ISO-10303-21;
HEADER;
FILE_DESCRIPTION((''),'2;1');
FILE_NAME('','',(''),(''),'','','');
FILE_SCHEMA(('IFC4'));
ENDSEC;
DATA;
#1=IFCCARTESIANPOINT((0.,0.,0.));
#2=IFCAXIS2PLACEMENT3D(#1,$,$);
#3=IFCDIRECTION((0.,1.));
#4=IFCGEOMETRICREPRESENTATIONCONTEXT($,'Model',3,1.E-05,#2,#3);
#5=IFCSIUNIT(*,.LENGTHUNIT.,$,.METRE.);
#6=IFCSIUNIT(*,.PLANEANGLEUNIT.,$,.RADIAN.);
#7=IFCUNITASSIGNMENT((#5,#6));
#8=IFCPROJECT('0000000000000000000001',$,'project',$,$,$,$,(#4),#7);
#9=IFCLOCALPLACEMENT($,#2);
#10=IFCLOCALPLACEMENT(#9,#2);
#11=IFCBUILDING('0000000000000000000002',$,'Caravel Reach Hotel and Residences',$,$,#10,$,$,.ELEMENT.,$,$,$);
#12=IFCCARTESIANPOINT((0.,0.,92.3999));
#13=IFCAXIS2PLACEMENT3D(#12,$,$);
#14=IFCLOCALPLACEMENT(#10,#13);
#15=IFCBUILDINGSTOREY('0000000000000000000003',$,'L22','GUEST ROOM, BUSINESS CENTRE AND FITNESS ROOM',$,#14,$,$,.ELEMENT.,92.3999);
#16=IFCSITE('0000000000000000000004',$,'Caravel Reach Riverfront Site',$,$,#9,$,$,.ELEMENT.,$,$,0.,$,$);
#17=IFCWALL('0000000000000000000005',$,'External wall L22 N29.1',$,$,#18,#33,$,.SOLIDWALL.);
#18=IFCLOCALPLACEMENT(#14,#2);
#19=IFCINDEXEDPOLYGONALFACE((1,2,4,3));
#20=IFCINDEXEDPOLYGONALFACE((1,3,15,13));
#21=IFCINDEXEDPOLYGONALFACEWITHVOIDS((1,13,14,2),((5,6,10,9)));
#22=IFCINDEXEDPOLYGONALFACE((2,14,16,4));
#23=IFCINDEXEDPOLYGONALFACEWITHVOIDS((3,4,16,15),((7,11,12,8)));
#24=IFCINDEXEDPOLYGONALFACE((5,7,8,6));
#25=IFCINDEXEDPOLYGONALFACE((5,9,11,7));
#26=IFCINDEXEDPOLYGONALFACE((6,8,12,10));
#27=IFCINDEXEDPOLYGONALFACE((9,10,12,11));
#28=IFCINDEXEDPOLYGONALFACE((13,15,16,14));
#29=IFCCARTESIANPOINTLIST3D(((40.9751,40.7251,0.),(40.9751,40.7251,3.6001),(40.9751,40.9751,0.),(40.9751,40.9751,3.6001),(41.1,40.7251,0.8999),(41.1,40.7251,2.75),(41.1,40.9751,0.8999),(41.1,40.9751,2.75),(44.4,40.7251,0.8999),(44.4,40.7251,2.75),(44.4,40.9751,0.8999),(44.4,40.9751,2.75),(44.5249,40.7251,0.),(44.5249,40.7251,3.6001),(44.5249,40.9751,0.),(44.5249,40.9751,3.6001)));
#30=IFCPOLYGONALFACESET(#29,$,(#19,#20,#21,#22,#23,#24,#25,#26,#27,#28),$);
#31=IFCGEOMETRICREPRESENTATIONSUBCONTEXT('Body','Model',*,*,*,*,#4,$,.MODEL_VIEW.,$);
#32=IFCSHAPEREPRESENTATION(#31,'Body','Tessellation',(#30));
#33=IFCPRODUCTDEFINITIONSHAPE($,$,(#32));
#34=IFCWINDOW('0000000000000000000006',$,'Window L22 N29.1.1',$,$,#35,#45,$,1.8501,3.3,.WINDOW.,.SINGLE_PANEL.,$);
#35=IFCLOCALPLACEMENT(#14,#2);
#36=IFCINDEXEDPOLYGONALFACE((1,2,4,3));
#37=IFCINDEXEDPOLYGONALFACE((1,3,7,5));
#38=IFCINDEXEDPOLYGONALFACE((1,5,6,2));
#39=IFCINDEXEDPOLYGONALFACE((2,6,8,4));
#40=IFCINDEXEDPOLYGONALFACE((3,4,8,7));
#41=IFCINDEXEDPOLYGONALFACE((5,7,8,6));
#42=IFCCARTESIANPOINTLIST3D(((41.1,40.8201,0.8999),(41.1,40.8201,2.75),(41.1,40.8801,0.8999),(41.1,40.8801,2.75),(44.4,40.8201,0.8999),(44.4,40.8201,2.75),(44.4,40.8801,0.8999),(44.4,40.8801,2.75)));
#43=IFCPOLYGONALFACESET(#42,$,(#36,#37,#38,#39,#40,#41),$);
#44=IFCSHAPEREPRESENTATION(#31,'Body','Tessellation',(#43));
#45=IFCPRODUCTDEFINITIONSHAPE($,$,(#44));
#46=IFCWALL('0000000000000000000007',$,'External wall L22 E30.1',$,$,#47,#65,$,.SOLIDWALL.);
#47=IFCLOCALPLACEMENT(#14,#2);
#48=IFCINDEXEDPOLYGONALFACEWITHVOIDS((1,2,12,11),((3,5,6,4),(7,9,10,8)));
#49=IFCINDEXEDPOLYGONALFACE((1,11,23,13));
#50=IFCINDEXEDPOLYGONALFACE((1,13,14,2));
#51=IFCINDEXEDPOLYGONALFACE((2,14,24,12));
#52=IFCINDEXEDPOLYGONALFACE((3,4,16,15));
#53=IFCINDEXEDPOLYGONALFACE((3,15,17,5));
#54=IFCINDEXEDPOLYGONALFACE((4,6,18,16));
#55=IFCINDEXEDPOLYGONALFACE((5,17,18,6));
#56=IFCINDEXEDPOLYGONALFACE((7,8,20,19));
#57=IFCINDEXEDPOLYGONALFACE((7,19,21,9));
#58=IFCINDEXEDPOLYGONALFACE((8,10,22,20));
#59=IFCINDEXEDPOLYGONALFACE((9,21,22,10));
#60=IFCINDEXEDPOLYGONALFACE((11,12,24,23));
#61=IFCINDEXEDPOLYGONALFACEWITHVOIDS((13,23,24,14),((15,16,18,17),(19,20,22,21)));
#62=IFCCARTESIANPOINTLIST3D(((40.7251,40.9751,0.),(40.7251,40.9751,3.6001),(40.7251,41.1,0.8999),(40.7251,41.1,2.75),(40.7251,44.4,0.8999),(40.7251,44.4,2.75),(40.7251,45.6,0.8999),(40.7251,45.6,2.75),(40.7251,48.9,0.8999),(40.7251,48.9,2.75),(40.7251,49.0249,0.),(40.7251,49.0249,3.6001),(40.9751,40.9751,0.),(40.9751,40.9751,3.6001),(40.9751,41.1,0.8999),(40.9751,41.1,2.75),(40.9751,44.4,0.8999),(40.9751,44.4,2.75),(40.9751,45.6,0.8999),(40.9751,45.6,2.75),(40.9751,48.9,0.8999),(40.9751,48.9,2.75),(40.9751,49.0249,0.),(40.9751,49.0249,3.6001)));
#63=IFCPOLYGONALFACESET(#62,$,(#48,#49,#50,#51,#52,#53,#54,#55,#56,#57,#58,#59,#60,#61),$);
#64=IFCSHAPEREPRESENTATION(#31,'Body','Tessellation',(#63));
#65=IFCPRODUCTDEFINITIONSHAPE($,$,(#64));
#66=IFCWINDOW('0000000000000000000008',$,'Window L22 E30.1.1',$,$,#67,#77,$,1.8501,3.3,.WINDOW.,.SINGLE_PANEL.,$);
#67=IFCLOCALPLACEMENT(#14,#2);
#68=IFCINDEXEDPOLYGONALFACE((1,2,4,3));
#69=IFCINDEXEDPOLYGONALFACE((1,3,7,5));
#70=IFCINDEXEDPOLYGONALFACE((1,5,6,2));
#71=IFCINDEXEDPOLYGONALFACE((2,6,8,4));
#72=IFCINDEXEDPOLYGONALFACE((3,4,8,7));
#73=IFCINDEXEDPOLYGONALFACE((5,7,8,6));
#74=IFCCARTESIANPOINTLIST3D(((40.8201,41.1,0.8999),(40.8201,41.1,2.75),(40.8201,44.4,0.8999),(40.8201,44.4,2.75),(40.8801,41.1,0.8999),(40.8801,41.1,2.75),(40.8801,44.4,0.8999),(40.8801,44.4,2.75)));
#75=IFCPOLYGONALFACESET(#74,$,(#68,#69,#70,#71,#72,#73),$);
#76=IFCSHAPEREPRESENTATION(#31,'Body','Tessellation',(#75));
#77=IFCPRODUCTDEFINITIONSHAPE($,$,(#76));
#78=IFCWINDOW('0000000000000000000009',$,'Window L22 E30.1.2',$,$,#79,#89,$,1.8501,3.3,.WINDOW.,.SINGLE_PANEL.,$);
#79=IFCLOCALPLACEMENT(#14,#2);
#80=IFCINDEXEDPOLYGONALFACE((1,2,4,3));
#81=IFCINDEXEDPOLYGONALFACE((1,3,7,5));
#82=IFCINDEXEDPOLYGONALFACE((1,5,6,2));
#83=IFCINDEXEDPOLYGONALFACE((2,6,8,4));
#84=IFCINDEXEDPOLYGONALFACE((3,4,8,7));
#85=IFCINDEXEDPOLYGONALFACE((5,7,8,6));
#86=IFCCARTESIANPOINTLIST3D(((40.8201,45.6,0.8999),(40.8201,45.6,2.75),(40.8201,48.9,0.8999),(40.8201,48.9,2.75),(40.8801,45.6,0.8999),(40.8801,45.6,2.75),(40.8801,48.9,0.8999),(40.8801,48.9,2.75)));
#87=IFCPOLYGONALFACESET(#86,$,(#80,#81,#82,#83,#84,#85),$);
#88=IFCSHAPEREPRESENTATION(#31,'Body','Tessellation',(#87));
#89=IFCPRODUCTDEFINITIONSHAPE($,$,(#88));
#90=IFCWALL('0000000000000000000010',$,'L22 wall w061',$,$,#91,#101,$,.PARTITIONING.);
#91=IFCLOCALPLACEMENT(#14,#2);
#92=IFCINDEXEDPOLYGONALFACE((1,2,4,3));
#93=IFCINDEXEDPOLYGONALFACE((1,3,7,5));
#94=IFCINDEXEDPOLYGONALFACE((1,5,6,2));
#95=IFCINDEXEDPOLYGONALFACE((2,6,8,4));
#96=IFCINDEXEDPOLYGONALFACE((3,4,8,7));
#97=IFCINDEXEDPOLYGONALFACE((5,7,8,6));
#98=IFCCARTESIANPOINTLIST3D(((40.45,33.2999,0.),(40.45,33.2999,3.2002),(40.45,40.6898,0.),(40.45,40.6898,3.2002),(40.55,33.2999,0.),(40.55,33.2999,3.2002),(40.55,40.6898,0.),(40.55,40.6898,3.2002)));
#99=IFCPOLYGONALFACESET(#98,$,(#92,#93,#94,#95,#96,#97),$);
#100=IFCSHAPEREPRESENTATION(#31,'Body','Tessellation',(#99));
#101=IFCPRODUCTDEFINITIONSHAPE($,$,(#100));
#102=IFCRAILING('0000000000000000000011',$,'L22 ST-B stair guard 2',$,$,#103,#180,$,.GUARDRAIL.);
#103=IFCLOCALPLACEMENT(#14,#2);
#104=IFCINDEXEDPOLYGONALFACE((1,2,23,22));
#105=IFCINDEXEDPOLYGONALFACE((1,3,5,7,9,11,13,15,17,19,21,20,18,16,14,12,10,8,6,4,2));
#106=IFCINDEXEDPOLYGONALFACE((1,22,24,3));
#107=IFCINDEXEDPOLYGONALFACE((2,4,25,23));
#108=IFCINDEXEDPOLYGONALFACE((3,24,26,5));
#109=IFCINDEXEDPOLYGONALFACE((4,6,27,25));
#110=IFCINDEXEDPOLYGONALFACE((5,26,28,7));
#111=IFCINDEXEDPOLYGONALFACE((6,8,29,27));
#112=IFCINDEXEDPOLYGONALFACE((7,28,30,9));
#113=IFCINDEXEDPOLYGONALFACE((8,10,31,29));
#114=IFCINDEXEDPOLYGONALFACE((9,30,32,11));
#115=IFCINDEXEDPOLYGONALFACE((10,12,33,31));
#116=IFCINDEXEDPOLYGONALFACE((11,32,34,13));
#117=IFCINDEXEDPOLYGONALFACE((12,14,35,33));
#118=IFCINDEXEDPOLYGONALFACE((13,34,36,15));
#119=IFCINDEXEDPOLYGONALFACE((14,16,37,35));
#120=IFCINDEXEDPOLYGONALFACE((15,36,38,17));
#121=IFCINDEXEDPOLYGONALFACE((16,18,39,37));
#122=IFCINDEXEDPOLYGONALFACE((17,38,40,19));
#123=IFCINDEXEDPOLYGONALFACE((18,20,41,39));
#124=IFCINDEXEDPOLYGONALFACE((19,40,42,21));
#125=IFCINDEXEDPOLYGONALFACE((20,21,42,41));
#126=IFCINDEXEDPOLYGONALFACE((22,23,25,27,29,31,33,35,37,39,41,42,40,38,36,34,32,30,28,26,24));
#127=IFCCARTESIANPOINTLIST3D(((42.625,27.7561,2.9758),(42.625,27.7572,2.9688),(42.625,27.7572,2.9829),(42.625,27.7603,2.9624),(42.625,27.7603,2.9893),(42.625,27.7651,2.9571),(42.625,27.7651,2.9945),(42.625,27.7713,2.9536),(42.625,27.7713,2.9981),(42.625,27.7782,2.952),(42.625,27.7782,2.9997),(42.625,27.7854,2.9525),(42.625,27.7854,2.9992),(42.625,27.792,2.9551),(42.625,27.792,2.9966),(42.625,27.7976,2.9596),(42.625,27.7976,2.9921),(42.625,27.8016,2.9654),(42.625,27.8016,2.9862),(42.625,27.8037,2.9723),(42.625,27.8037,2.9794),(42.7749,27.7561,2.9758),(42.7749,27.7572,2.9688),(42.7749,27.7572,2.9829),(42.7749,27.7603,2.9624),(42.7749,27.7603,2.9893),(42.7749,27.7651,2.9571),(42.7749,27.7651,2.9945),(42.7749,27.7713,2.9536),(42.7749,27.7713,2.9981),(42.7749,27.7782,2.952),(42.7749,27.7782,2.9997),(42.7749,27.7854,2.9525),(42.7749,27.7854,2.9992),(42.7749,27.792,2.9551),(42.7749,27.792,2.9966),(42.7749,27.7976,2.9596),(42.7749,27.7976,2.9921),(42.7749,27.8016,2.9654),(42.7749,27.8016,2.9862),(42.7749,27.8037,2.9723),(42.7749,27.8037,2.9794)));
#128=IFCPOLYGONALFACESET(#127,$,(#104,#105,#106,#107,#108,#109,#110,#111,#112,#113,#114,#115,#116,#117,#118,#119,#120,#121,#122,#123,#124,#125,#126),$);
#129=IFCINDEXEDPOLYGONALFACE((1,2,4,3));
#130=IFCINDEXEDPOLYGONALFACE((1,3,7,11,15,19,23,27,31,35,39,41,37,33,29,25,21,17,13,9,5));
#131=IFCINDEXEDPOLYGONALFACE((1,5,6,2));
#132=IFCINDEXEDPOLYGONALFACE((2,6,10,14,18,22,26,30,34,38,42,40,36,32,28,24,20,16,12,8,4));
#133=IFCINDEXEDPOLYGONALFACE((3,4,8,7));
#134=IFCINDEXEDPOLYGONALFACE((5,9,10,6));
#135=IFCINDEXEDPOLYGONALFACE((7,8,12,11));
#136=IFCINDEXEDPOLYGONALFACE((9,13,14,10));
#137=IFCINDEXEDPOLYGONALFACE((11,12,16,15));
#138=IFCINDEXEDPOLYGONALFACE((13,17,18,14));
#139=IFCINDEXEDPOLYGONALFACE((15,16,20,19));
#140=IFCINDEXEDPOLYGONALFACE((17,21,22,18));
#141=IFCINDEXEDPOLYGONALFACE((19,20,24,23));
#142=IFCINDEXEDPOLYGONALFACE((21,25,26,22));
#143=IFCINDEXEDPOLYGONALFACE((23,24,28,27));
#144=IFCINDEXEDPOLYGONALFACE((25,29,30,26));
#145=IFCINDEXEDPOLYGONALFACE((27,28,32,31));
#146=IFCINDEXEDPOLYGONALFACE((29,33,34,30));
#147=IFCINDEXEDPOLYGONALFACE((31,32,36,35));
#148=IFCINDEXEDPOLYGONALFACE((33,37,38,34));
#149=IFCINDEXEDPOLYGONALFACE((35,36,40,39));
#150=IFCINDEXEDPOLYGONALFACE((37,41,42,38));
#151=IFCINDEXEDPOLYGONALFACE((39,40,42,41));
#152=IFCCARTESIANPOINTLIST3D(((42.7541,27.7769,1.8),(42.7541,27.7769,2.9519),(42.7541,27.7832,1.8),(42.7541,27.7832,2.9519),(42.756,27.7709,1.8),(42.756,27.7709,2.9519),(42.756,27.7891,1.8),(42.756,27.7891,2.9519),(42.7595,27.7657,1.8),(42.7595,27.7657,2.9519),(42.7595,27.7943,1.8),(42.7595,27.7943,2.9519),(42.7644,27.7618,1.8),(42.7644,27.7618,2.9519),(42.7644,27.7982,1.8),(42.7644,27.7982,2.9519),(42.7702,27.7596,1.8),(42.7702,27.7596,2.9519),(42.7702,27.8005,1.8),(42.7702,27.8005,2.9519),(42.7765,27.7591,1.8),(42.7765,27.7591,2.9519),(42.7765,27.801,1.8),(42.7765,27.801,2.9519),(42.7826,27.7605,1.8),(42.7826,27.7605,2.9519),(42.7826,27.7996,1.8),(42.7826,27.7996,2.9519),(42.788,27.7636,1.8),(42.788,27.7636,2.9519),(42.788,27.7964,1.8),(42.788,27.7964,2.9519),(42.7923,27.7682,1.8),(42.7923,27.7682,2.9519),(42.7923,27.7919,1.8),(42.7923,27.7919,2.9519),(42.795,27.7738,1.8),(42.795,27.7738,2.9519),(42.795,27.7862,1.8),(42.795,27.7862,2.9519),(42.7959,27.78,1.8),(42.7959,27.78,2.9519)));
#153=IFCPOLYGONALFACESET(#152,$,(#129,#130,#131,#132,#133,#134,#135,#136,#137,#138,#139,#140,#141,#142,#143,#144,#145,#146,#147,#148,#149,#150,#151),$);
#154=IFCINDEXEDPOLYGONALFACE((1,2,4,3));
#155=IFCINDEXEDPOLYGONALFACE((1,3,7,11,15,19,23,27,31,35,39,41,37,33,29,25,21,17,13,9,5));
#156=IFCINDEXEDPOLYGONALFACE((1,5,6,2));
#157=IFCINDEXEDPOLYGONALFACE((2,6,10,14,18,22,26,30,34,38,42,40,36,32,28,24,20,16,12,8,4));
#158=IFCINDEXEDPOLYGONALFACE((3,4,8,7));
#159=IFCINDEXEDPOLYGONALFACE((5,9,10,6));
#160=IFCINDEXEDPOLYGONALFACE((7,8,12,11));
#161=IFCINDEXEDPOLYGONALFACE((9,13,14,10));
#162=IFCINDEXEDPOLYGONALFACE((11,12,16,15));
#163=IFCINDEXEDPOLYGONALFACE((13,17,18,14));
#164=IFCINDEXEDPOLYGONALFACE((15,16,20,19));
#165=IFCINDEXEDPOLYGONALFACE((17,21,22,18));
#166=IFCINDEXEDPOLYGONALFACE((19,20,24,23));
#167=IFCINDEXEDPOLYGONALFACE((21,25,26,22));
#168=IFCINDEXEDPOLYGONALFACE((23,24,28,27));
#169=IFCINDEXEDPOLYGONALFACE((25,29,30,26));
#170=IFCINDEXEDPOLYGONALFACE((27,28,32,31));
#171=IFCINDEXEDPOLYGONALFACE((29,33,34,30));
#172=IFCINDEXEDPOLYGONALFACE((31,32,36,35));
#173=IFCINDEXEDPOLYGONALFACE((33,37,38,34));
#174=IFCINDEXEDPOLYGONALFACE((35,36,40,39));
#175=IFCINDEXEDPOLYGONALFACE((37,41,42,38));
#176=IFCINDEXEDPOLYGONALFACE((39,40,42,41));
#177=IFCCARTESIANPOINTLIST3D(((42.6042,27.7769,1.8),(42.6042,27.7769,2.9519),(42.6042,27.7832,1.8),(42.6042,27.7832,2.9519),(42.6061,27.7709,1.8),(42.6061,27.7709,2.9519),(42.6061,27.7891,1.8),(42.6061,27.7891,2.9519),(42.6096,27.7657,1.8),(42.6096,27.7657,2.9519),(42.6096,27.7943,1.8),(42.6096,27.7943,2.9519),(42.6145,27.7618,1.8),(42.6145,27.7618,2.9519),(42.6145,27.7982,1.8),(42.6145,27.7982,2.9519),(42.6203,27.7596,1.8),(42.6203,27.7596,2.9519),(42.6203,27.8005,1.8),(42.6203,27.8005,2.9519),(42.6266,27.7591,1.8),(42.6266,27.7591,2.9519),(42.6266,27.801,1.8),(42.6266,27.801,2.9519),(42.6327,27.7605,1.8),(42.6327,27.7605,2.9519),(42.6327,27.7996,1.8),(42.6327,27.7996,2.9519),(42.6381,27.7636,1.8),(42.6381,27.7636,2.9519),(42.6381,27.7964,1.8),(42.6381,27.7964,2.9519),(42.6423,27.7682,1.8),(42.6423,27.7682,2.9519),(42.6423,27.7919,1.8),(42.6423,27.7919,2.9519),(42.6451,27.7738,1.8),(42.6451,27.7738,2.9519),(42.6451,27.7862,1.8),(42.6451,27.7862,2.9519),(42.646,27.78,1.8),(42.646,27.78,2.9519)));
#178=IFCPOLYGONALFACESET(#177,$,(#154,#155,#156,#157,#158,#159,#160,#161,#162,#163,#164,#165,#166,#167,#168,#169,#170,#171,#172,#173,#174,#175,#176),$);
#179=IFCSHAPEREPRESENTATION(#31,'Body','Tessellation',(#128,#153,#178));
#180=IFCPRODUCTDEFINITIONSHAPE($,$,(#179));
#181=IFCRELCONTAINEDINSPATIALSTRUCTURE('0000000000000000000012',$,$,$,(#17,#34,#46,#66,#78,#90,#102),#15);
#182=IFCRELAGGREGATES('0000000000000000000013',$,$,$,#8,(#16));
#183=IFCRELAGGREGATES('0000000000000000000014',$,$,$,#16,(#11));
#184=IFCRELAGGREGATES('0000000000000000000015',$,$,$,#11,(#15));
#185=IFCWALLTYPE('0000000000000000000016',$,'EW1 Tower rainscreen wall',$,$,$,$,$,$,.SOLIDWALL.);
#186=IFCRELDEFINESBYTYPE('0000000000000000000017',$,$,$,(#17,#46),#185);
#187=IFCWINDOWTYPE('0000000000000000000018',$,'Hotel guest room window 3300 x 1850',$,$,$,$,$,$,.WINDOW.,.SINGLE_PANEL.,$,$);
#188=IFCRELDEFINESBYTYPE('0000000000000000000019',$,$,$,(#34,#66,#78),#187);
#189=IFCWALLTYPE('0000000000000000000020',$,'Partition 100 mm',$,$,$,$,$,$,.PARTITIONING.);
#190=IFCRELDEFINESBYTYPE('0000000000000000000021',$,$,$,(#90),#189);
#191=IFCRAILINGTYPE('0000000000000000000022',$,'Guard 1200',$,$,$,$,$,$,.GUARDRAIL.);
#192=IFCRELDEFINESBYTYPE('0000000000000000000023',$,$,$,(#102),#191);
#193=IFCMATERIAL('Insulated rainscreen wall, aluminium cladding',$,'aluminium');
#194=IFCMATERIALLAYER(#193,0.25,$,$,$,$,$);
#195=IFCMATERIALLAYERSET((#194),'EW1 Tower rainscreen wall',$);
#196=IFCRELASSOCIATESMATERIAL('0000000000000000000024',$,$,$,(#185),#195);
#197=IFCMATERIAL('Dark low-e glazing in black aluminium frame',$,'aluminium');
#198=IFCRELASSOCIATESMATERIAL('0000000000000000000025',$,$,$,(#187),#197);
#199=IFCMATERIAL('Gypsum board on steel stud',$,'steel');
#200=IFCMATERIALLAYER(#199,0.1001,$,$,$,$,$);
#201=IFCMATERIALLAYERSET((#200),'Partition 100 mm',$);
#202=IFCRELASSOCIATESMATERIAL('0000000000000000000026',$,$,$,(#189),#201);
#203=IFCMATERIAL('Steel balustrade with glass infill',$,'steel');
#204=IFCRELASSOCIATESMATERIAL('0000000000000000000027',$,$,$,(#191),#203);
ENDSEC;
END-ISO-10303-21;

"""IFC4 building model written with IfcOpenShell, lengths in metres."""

from ifc_helpers import new_model, si_unit, direction, frame, frame_2d, origin, origin_2d, place, context, subcontext, project, spatial, rectangle, circle, extrude, material, layer, layer_set, type_object, element, fill, save


model = new_model("IFC4")

# Units and contexts
model_context = context("Model", 3, precision=1e-05, world=origin(), true_north=direction((0.0, 1.0)))
body_context = subcontext(model_context, "Body", "Model", "MODEL_VIEW")
ifc_project = project(units=[si_unit("LENGTHUNIT", "METRE"), si_unit("PLANEANGLEUNIT", "RADIAN")], contexts=[model_context])

# Site, building, storey
site_placement = place(None, origin())
site = spatial("IfcSite", under=ifc_project, at=site_placement, Name="Caravel Reach Riverfront Site", CompositionType="ELEMENT", RefElevation=0.0)
building_placement = place(site_placement, origin())
building = spatial("IfcBuilding", under=site, at=building_placement, Name="Caravel Reach Hotel and Residences", CompositionType="ELEMENT")
storey_placement = place(building_placement, frame((0.0, 0.0, 92.3999)))
storey = spatial("IfcBuildingStorey", under=building, at=storey_placement, Name="L22", Description="GUEST ROOM, BUSINESS CENTRE AND FITNESS ROOM", CompositionType="ELEMENT", Elevation=92.3999)

# Wall, opening, window
ifc_material_1 = material(Name="Insulated rainscreen wall, aluminium cladding", Category="aluminium")
ifc_layer_1 = layer(ifc_material_1, 0.25)
ifc_layer_set_1 = layer_set([ifc_layer_1], Name="EW1 Tower rainscreen wall")
wall_type_1 = type_object("IfcWallType", Name="EW1 Tower rainscreen wall", PredefinedType="SOLIDWALL", material=ifc_layer_set_1)
wall_1_placement = place(storey_placement, frame((44.5249, 40.8501, 0.0), z_axis=(0.0, 0.0, 1.0), x_axis=(-1.0, 0.0, 0.0)))
wall_1 = element("IfcWall", 1, at=wall_1_placement, inside=storey, type_object=wall_type_1, Name="External wall L22 N29.1", PredefinedType="SOLIDWALL", context=body_context, shape_type="SweptSolid", body=[
    extrude(rectangle(XDim=3.5498, YDim=0.25, at=frame_2d((1.7749, 0.0))), origin(), (0.0, 0.0, 1.0), 3.6001),
])
opening_1_placement = place(wall_1_placement, frame((0.125, 0.0, 0.8999)))
opening_1 = element("IfcOpeningElement", 2, at=opening_1_placement, cuts=wall_1, PredefinedType="OPENING", context=body_context, shape_type="SweptSolid", body=[
    extrude(rectangle(XDim=3.3, YDim=1.8501, at=frame_2d((1.6499, 0.925))), frame((0.0, 0.135, 0.0), z_axis=(0.0, -1.0, 0.0), x_axis=(1.0, 0.0, 0.0)), (0.0, 0.0, 1.0), 0.27),
])
ifc_material_2 = material(Name="Dark low-e glazing in black aluminium frame", Category="aluminium")
window_type = type_object("IfcWindowType", Name="Hotel guest room window 3300 x 1850", PartitioningType="SINGLE_PANEL", PredefinedType="WINDOW", material=ifc_material_2)
window_1_placement = place(opening_1_placement, origin())
window_1 = element("IfcWindow", 3, at=window_1_placement, inside=storey, type_object=window_type, Name="Window L22 N29.1.1", OverallHeight=1.8501, OverallWidth=3.3, PartitioningType="SINGLE_PANEL", PredefinedType="WINDOW", context=body_context, shape_type="SweptSolid", body=[
    extrude(rectangle(XDim=3.3, YDim=1.8501, at=frame_2d((1.6499, 0.925))), frame((0.0, 0.03, 0.0), z_axis=(0.0, -1.0, 0.0), x_axis=(1.0, 0.0, 0.0)), (0.0, 0.0, 1.0), 0.0601),
])
fill(opening_1, window_1)

# Wall, openings, windows
wall_2_placement = place(storey_placement, frame((40.8501, 40.9751, 0.0), z_axis=(0.0, 0.0, 1.0), x_axis=(0.0, 1.0, 0.0)))
wall_2 = element("IfcWall", 4, at=wall_2_placement, inside=storey, type_object=wall_type_1, Name="External wall L22 E30.1", PredefinedType="SOLIDWALL", context=body_context, shape_type="SweptSolid", body=[
    extrude(rectangle(XDim=8.0498, YDim=0.25, at=frame_2d((4.0249, 0.0))), origin(), (0.0, 0.0, 1.0), 3.6001),
])
opening_2_placement = place(wall_2_placement, frame((0.125, 0.0, 0.8999)))
opening_2 = element("IfcOpeningElement", 5, at=opening_2_placement, cuts=wall_2, PredefinedType="OPENING", context=body_context, shape_type="SweptSolid", body=[
    extrude(rectangle(XDim=3.3, YDim=1.8501, at=frame_2d((1.6499, 0.925))), frame((0.0, 0.135, 0.0), z_axis=(0.0, -1.0, 0.0), x_axis=(1.0, 0.0, 0.0)), (0.0, 0.0, 1.0), 0.27),
])
opening_3_placement = place(wall_2_placement, frame((4.625, 0.0, 0.8999)))
opening_3 = element("IfcOpeningElement", 6, at=opening_3_placement, cuts=wall_2, PredefinedType="OPENING", context=body_context, shape_type="SweptSolid", body=[
    extrude(rectangle(XDim=3.3, YDim=1.8501, at=frame_2d((1.6499, 0.925))), frame((0.0, 0.135, 0.0), z_axis=(0.0, -1.0, 0.0), x_axis=(1.0, 0.0, 0.0)), (0.0, 0.0, 1.0), 0.27),
])
window_2_placement = place(opening_2_placement, origin())
window_2 = element("IfcWindow", 7, at=window_2_placement, inside=storey, type_object=window_type, Name="Window L22 E30.1.1", OverallHeight=1.8501, OverallWidth=3.3, PartitioningType="SINGLE_PANEL", PredefinedType="WINDOW", context=body_context, shape_type="SweptSolid", body=[
    extrude(rectangle(XDim=3.3, YDim=1.8501, at=frame_2d((1.6499, 0.925))), frame((0.0, 0.03, 0.0), z_axis=(0.0, -1.0, 0.0), x_axis=(1.0, 0.0, 0.0)), (0.0, 0.0, 1.0), 0.0601),
])
fill(opening_2, window_2)
window_3_placement = place(opening_3_placement, origin())
window_3 = element("IfcWindow", 8, at=window_3_placement, inside=storey, type_object=window_type, Name="Window L22 E30.1.2", OverallHeight=1.8501, OverallWidth=3.3, PartitioningType="SINGLE_PANEL", PredefinedType="WINDOW", context=body_context, shape_type="SweptSolid", body=[
    extrude(rectangle(XDim=3.3, YDim=1.8501, at=frame_2d((1.6499, 0.925))), frame((0.0, 0.03, 0.0), z_axis=(0.0, -1.0, 0.0), x_axis=(1.0, 0.0, 0.0)), (0.0, 0.0, 1.0), 0.0601),
])
fill(opening_3, window_3)

# Wall
ifc_material_3 = material(Name="Gypsum board on steel stud", Category="steel")
ifc_layer_2 = layer(ifc_material_3, 0.1001)
ifc_layer_set_2 = layer_set([ifc_layer_2], Name="Partition 100 mm")
wall_type_2 = type_object("IfcWallType", Name="Partition 100 mm", PredefinedType="PARTITIONING", material=ifc_layer_set_2)
wall_3_placement = place(storey_placement, frame((40.5, 33.3, 0.0), z_axis=(0.0, 0.0, 1.0), x_axis=(0.0, 1.0, 0.0)))
element("IfcWall", 9, at=wall_3_placement, inside=storey, type_object=wall_type_2, Name="L22 wall w061", PredefinedType="PARTITIONING", context=body_context, shape_type="SweptSolid", body=[
    extrude(rectangle(XDim=7.3899, YDim=0.1001, at=frame_2d((3.6948, 0.0))), origin(), (0.0, 0.0, 1.0), 3.2002),
])

# Railing
ifc_material_4 = material(Name="Steel balustrade with glass infill", Category="steel")
railing_type_1 = type_object("IfcRailingType", Name="Guard 1200", PredefinedType="GUARDRAIL", material=ifc_material_4)
railing_1_placement = place(storey_placement, frame((42.7749, 27.78, 1.8)))
element("IfcRailing", 10, at=railing_1_placement, inside=storey, type_object=railing_type_1, Name="L22 ST-B stair guard 2", PredefinedType="GUARDRAIL", context=body_context, shape_type="SweptSolid", body=[
    extrude(circle(Radius=0.0239, at=origin_2d()), frame((0.0, 0.0, 1.1758), z_axis=(-1.0, 0.0, 0.0), x_axis=(0.0, -1.0, 0.0)), (0.0, 0.0, 1.0), 0.1499),
    extrude(circle(Radius=0.021, at=origin_2d()), origin(), (0.0, 0.0, 1.0), 1.1519),
    extrude(circle(Radius=0.021, at=origin_2d()), frame((-0.1499, 0.0, 0.0)), (0.0, 0.0, 1.0), 1.1519),
])

save(model, "model.ifc")
